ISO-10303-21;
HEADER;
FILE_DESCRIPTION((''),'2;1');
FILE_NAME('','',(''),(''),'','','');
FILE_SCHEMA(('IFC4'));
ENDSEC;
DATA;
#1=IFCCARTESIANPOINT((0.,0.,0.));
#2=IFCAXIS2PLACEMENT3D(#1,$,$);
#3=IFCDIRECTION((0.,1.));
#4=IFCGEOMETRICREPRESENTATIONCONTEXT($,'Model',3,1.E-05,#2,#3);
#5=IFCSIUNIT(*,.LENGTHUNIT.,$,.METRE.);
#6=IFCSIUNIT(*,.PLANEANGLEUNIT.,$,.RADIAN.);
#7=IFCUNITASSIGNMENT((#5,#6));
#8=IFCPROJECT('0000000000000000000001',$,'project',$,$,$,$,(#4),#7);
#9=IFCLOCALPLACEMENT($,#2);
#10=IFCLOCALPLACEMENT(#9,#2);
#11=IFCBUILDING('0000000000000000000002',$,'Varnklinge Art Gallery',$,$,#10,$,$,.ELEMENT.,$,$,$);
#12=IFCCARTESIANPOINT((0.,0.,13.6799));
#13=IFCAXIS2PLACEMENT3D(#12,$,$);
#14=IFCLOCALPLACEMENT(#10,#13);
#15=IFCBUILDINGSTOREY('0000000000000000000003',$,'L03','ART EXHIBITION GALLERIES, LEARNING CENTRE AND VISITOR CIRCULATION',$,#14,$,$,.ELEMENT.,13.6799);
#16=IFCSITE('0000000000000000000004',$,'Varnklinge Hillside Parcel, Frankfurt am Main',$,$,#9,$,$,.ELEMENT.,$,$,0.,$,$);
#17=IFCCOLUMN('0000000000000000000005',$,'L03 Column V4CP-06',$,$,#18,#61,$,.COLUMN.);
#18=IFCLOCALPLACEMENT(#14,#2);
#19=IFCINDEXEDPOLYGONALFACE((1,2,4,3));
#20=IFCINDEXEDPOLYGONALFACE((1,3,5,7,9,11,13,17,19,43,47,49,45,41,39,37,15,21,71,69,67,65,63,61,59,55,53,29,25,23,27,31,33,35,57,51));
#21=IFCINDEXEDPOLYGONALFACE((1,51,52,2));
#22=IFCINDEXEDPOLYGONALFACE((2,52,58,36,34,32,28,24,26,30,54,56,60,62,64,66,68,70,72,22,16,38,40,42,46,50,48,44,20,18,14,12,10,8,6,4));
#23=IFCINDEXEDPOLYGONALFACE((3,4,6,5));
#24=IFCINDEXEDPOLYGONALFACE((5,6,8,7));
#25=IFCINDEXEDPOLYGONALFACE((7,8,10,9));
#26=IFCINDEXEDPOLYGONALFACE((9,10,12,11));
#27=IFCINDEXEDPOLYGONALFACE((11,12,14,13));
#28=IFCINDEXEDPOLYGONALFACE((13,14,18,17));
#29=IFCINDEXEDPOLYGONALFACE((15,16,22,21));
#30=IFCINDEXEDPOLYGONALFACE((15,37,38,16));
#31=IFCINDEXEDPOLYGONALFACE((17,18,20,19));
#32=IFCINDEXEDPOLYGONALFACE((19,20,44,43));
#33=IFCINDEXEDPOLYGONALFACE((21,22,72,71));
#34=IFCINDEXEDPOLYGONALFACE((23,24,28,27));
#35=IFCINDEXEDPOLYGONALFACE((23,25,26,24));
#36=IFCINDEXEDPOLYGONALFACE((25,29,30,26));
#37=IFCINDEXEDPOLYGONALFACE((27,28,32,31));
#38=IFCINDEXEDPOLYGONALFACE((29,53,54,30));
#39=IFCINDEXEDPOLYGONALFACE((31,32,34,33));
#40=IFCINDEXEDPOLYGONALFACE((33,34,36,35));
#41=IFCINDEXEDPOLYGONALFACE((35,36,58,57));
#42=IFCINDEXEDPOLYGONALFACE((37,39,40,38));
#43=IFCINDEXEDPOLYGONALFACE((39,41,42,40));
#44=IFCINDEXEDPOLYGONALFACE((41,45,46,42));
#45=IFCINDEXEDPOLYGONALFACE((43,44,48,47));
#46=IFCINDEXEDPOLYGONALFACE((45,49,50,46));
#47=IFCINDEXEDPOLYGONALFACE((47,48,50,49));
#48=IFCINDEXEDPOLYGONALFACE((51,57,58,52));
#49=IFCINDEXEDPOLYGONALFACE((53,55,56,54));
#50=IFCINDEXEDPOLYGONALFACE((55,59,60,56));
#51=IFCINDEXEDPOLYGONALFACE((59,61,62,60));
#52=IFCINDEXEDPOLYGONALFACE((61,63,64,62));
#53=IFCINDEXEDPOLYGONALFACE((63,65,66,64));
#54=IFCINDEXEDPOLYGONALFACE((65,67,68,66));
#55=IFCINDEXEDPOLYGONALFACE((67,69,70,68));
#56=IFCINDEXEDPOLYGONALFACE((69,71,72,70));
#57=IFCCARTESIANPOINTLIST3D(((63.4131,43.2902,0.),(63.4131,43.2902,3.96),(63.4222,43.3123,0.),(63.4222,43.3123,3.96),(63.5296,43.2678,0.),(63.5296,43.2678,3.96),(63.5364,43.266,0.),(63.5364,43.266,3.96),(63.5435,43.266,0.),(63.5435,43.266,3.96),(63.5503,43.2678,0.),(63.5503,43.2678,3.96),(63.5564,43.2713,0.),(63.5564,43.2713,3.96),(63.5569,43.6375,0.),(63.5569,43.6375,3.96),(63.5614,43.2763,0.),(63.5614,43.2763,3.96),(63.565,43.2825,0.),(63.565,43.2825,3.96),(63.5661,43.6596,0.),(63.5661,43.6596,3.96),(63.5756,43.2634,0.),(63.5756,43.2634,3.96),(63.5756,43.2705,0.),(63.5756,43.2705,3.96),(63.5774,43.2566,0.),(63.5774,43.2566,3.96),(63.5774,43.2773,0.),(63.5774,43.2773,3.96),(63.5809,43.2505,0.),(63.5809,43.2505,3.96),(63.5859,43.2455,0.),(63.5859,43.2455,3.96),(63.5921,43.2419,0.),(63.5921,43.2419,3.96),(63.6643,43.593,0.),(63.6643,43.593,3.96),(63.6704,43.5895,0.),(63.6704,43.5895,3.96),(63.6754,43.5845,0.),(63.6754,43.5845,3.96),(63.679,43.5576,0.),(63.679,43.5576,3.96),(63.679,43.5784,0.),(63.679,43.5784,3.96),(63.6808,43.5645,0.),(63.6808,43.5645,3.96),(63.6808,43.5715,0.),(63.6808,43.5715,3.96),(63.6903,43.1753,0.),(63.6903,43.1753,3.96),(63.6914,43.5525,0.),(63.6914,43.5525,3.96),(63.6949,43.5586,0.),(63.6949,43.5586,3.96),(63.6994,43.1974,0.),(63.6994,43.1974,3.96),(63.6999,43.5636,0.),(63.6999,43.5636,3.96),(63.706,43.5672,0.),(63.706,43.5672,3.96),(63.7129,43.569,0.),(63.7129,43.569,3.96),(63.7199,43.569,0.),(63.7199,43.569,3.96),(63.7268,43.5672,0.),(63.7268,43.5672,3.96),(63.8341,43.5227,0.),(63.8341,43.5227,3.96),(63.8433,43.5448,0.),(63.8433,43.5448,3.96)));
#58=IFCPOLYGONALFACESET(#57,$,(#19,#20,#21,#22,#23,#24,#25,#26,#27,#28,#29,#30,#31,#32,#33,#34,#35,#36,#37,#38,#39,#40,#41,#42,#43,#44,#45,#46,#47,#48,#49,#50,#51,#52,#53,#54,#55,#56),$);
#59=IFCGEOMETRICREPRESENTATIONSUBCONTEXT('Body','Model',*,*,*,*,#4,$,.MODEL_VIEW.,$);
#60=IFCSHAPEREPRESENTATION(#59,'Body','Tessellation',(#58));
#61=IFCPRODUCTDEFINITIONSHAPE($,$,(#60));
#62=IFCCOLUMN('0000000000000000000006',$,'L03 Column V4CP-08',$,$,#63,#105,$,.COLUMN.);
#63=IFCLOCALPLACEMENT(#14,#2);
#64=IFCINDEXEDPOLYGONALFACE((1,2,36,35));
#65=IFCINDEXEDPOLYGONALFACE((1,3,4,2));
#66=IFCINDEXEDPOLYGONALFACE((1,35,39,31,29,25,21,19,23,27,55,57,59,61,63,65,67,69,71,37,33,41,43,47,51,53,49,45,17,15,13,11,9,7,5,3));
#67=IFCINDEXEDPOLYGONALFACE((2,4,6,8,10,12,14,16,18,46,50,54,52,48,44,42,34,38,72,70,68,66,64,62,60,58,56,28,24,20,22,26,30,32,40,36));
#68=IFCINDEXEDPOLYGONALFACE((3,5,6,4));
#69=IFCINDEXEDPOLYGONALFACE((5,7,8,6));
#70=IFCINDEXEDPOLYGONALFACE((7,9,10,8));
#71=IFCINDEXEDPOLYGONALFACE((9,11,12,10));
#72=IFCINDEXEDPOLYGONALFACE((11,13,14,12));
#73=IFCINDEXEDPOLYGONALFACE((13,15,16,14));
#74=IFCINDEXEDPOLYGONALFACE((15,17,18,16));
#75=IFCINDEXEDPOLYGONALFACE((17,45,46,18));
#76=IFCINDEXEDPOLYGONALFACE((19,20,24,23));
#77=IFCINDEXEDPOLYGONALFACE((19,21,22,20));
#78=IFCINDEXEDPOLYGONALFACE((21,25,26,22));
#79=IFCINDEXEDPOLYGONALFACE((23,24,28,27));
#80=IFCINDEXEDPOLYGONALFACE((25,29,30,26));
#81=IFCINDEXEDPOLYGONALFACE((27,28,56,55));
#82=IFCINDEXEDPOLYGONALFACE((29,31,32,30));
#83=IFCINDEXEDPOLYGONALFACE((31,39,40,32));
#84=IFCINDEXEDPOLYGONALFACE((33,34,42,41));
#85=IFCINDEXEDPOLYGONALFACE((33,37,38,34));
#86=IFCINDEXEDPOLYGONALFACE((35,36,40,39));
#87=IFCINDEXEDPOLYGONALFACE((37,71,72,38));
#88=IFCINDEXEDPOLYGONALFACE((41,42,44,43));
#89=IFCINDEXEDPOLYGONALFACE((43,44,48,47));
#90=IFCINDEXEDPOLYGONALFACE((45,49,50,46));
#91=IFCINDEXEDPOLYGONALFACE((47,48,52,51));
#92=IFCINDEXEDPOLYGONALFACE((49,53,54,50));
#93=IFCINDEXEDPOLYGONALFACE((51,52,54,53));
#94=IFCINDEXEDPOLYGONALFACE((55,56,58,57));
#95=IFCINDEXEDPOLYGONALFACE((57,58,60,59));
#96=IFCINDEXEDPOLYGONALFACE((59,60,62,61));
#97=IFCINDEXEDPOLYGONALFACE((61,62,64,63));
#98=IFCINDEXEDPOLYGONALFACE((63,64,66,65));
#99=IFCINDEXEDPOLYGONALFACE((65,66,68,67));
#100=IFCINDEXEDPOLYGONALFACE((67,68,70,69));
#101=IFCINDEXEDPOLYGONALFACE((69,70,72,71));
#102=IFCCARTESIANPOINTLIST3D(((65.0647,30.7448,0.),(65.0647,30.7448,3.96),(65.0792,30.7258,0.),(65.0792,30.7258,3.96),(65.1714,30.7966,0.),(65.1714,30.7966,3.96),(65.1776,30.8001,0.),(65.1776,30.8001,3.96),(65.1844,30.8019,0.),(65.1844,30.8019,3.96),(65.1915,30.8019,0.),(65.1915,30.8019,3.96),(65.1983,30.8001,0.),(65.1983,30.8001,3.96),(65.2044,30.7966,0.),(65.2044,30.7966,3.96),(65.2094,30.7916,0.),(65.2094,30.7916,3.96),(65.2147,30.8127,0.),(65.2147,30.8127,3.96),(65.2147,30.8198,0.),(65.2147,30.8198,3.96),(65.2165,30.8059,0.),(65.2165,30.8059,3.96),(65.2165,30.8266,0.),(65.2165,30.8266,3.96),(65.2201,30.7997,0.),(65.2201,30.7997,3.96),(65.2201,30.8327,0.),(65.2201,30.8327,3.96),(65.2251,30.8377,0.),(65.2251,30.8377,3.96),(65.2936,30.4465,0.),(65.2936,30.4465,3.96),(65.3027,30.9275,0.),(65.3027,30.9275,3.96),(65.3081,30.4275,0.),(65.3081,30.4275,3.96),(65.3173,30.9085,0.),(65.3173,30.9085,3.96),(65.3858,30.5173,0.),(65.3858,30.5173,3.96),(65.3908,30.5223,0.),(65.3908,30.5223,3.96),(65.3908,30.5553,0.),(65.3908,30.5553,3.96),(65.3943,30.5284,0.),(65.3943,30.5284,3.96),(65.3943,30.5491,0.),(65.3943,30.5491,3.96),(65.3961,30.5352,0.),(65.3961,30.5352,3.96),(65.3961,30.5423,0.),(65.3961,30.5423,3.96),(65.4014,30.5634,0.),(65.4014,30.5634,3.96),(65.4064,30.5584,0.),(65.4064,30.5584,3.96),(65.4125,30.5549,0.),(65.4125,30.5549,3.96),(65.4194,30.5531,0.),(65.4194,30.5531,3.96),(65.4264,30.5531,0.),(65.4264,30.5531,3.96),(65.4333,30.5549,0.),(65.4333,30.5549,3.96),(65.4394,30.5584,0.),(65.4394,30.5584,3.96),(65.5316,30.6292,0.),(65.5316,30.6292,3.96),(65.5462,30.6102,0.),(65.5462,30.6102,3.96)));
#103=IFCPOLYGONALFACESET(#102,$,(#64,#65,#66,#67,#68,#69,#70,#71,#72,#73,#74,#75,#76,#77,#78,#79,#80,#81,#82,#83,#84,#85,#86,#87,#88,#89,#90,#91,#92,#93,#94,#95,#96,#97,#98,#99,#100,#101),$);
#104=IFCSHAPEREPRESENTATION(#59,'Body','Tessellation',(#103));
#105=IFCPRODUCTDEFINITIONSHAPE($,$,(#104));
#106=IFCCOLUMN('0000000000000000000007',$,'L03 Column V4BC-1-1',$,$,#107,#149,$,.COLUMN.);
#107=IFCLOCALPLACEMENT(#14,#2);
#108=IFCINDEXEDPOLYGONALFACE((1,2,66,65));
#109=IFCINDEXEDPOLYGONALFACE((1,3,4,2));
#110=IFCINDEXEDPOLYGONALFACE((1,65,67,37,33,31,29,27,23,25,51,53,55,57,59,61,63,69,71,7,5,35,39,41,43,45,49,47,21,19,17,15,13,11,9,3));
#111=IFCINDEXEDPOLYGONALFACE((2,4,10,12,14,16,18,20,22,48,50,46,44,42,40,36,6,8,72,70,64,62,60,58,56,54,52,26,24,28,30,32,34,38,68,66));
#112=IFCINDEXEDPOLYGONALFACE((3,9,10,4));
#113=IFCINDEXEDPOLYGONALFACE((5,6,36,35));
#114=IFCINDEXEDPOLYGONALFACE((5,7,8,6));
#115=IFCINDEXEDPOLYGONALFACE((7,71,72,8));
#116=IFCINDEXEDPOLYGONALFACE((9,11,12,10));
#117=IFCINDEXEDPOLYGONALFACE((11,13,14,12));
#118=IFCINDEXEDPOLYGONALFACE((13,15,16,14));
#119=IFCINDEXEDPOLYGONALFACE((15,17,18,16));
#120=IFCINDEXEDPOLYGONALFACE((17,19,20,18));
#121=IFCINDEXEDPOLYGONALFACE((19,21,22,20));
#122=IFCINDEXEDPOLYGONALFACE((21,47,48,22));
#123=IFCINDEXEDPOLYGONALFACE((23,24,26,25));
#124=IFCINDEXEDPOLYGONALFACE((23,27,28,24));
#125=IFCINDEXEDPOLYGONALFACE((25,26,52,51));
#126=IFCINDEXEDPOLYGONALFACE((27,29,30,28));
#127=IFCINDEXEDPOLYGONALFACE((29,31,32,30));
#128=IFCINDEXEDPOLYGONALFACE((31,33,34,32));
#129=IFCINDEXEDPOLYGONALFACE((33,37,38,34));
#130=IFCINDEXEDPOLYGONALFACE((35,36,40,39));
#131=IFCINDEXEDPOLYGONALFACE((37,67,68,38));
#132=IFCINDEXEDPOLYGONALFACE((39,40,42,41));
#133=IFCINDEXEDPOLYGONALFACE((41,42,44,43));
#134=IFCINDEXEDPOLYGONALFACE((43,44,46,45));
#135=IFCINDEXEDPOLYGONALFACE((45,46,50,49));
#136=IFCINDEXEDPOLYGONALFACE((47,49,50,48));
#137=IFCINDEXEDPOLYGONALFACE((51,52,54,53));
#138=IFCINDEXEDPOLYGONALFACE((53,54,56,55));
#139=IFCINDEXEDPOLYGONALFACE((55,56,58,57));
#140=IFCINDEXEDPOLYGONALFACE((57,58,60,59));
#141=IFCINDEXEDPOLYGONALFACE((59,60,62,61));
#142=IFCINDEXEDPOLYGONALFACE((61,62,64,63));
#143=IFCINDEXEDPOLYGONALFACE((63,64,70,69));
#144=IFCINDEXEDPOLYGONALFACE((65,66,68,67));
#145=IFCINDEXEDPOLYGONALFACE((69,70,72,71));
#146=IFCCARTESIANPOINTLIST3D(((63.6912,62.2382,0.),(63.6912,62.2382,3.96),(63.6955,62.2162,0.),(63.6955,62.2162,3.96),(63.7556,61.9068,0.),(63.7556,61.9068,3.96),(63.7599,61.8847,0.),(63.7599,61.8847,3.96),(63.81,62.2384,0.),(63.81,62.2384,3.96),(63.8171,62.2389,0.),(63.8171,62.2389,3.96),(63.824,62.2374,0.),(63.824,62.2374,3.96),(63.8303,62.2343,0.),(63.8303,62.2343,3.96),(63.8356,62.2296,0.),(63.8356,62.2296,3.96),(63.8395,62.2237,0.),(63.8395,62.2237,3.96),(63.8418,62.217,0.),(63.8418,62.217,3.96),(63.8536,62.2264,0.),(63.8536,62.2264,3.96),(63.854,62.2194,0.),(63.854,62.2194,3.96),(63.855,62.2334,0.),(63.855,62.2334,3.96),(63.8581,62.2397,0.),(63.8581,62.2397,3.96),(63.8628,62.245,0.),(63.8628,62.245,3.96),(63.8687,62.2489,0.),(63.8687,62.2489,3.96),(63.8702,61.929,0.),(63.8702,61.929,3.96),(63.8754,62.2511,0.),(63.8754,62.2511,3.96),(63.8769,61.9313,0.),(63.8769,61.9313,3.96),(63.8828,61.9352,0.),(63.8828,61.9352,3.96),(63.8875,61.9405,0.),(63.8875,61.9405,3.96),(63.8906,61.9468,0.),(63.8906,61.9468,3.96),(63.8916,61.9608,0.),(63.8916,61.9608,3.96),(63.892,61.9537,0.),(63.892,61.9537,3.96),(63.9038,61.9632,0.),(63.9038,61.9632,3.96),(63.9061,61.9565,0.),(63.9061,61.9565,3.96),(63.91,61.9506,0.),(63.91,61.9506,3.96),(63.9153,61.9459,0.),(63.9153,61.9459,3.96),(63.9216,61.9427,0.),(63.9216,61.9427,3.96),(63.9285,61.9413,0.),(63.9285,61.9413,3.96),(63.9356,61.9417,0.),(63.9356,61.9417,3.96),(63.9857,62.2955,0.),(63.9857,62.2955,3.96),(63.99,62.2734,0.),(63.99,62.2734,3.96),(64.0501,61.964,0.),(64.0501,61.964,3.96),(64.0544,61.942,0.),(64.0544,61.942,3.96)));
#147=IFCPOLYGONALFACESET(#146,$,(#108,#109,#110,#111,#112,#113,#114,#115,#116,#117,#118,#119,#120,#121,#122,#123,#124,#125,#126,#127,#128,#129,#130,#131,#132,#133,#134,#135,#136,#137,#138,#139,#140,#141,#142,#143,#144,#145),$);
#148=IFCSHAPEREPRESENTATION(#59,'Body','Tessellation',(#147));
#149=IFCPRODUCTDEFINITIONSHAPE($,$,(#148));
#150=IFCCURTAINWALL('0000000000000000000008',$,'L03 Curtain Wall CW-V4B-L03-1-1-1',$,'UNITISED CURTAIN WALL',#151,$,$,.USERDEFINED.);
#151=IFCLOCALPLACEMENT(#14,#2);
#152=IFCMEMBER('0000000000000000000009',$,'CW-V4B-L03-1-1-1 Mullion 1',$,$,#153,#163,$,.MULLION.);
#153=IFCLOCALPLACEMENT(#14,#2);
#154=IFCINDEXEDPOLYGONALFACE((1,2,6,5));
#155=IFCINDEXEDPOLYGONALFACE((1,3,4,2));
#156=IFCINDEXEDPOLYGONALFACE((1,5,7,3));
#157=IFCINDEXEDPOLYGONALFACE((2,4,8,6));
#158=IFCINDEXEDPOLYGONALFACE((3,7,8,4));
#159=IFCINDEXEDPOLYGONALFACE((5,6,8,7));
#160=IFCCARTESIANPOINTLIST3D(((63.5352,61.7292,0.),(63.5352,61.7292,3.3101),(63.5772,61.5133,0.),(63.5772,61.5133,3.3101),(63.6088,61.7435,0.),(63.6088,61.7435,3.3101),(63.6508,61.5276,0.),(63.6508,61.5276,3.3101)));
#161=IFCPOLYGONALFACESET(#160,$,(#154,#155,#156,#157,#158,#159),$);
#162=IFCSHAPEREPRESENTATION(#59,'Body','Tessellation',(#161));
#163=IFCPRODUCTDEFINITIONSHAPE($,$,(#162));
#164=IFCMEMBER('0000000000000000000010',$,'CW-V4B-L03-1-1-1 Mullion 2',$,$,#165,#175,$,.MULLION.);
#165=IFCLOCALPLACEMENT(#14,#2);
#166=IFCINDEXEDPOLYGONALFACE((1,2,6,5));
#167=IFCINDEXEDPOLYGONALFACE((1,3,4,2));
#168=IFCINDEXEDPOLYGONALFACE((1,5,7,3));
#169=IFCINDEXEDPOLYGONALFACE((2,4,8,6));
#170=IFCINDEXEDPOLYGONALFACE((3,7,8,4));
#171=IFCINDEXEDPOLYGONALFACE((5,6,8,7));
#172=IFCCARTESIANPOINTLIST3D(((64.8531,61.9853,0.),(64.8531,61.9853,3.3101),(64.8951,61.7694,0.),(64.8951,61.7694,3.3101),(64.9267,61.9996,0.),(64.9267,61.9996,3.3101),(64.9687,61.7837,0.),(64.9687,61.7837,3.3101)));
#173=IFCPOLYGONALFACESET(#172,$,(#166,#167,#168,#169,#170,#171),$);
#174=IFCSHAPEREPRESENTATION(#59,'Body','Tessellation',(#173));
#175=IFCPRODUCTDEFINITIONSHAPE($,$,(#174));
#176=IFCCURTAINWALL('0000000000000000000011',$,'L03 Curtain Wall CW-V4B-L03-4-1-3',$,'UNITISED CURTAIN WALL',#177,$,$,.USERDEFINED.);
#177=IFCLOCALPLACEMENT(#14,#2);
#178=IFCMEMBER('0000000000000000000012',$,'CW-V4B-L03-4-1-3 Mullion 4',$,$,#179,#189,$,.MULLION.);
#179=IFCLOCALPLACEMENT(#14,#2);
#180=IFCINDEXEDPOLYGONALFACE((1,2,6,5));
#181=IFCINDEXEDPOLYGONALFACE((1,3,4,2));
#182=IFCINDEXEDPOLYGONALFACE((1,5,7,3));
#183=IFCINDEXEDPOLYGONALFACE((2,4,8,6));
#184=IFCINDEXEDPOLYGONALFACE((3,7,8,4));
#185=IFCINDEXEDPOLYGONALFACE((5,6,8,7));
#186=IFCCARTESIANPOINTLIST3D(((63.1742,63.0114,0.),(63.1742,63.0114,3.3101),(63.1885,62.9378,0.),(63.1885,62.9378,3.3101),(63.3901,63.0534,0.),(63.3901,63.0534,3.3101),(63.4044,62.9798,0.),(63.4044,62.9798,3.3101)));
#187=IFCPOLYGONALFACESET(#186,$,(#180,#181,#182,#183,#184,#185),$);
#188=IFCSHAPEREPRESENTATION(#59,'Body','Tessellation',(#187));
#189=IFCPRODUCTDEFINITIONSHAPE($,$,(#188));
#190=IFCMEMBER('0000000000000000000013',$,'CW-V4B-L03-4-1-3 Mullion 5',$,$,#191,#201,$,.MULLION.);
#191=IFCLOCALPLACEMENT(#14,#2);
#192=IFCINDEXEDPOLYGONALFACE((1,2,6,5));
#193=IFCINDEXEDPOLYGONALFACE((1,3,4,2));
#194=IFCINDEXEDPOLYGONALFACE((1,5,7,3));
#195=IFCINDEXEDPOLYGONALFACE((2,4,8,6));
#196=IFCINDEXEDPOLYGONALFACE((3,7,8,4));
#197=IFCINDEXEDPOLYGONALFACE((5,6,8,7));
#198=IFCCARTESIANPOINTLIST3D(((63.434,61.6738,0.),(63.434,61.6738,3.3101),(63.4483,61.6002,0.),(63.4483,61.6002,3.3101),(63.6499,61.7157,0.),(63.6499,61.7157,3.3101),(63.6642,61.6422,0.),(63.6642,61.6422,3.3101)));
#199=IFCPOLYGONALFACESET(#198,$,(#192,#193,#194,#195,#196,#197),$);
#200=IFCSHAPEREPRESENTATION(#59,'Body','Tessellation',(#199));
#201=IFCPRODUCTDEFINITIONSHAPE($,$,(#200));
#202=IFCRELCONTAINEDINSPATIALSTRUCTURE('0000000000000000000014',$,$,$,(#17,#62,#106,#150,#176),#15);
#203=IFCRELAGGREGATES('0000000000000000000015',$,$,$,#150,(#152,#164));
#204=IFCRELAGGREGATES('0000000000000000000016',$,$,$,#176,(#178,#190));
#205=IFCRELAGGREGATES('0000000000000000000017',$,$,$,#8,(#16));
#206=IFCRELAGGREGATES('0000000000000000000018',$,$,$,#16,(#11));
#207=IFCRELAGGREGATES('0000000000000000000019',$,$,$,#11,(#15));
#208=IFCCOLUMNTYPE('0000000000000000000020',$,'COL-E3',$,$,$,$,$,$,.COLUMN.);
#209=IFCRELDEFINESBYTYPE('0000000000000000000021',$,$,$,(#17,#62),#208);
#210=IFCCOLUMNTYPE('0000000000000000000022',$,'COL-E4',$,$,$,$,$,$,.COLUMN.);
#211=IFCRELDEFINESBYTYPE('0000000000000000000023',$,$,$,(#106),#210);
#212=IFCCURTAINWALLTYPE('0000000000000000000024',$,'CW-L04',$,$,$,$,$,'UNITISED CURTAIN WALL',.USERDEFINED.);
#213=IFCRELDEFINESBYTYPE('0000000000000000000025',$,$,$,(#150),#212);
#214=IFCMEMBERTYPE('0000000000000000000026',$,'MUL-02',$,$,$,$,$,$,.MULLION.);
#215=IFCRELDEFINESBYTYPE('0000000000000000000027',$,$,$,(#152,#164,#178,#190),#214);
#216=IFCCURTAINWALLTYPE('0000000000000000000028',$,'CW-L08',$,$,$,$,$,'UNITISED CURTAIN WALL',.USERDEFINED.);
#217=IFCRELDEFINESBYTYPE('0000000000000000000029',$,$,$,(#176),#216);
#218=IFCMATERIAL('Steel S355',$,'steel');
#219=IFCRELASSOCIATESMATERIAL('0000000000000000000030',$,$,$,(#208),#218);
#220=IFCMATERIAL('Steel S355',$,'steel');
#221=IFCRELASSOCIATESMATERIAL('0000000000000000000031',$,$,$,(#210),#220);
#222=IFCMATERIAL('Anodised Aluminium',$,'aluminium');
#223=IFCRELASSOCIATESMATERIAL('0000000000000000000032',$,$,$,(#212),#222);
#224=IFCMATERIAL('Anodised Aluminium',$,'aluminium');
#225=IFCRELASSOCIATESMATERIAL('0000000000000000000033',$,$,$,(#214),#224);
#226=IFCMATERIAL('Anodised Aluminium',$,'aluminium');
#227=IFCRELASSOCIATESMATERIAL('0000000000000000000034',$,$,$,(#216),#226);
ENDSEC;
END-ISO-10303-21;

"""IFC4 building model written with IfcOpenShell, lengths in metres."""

from ifc_helpers import new_model, si_unit, direction, frame, origin, origin_2d, place, context, subcontext, project, spatial, rectangle, i_section, extrude, material, material_profile, profile_set, type_object, element, aggregate, save


model = new_model("IFC4")

# Units and contexts
model_context = context("Model", 3, precision=1e-05, world=origin(), true_north=direction((0.0, 1.0)))
body_context = subcontext(model_context, "Body", "Model", "MODEL_VIEW")
ifc_project = project(units=[si_unit("LENGTHUNIT", "METRE"), si_unit("PLANEANGLEUNIT", "RADIAN")], contexts=[model_context])

# Site, building, storey
site_placement = place(None, origin())
site = spatial("IfcSite", under=ifc_project, at=site_placement, Name="Varnklinge Hillside Parcel, Frankfurt am Main", CompositionType="ELEMENT", RefElevation=0.0)
building_placement = place(site_placement, origin())
building = spatial("IfcBuilding", under=site, at=building_placement, Name="Varnklinge Art Gallery", CompositionType="ELEMENT")
storey_placement = place(building_placement, frame((0.0, 0.0, 13.6799)))
storey = spatial("IfcBuildingStorey", under=building, at=storey_placement, Name="L03", Description="ART EXHIBITION GALLERIES, LEARNING CENTRE AND VISITOR CIRCULATION", CompositionType="ELEMENT", Elevation=13.6799)

# Columns
ifc_material_1 = material(Name="Steel S355", Category="steel")
ifc_material_profile_1 = material_profile(ifc_material_1, i_section(OverallWidth=0.3, OverallDepth=0.3999, WebThickness=0.0134, FlangeThickness=0.0239, FilletRadius=0.0271, at=origin_2d()), Name="HEB 400")
ifc_profile_set_1 = profile_set([ifc_material_profile_1], Name="Steel S355")
column_type_1 = type_object("IfcColumnType", Name="COL-E3", PredefinedType="COLUMN", material=ifc_profile_set_1)
for number, where, z_axis, x_axis, name in (
    (1, (63.6282, 43.4175, 0.0), (0.0, 0.0, 1.0), (-0.92388, 0.382683, 0.0), "L03 Column V4CP-06"),
    (2, (65.3054, 30.6775, 0.0), (0.0, 0.0, 1.0), (-0.793353, -0.608761, 0.0), "L03 Column V4CP-08"),
):
    element("IfcColumn", number, at=place(storey_placement, frame(where, z_axis=z_axis, x_axis=x_axis)), inside=storey, type_object=column_type_1, Name=name, PredefinedType="COLUMN", context=body_context, shape_type="SweptSolid", body=[
        extrude(i_section(OverallWidth=0.3, OverallDepth=0.3999, WebThickness=0.0134, FlangeThickness=0.0239, FilletRadius=0.0271, at=origin_2d()), origin(), (0.0, 0.0, 1.0), 3.96),
    ])
ifc_material_2 = material(Name="Steel S355", Category="steel")
ifc_material_profile_2 = material_profile(ifc_material_2, i_section(OverallWidth=0.3, OverallDepth=0.3601, WebThickness=0.0125, FlangeThickness=0.0225, FilletRadius=0.0271, at=origin_2d()), Name="HEB 360")
ifc_profile_set_2 = profile_set([ifc_material_profile_2], Name="Steel S355")
column_type_2 = type_object("IfcColumnType", Name="COL-E4", PredefinedType="COLUMN", material=ifc_profile_set_2)
column_placement = place(storey_placement, frame((63.8728, 62.0901, 0.0), z_axis=(0.0, 0.0, 1.0), x_axis=(0.981627, 0.190809, 0.0)))
element("IfcColumn", 3, at=column_placement, inside=storey, type_object=column_type_2, Name="L03 Column V4BC-1-1", PredefinedType="COLUMN", context=body_context, shape_type="SweptSolid", body=[
    extrude(i_section(OverallWidth=0.3, OverallDepth=0.3601, WebThickness=0.0125, FlangeThickness=0.0225, FilletRadius=0.0271, at=origin_2d()), origin(), (0.0, 0.0, 1.0), 3.96),
])

# Curtain walls, members
ifc_material_3 = material(Name="Anodised Aluminium", Category="aluminium")
curtain_wall_type_1 = type_object("IfcCurtainWallType", Name="CW-L04", ElementType="UNITISED CURTAIN WALL", PredefinedType="USERDEFINED", material=ifc_material_3)
curtain_wall_1_placement = place(storey_placement, origin())
curtain_wall_1 = element("IfcCurtainWall", 4, at=curtain_wall_1_placement, inside=storey, type_object=curtain_wall_type_1, Name="L03 Curtain Wall CW-V4B-L03-1-1-1", ObjectType="UNITISED CURTAIN WALL", PredefinedType="USERDEFINED")
ifc_material_4 = material(Name="Anodised Aluminium", Category="aluminium")
ifc_material_profile_3 = material_profile(ifc_material_4, rectangle(XDim=0.075, YDim=0.22, at=origin_2d()), Name="ALU 75x220")
ifc_profile_set_3 = profile_set([ifc_material_profile_3], Name="Anodised Aluminium")
member_type_1 = type_object("IfcMemberType", Name="MUL-02", PredefinedType="MULLION", material=ifc_profile_set_3)
member_1_placement = place(storey_placement, frame((63.593, 61.6284, 0.0), z_axis=(0.0, 0.0, 1.0), x_axis=(0.981627, 0.190809, 0.0)))
member_1 = element("IfcMember", 5, at=member_1_placement, type_object=member_type_1, Name="CW-V4B-L03-1-1-1 Mullion 1", PredefinedType="MULLION", context=body_context, shape_type="SweptSolid", body=[
    extrude(rectangle(XDim=0.075, YDim=0.22, at=origin_2d()), origin(), (0.0, 0.0, 1.0), 3.3101),
])
member_2_placement = place(storey_placement, frame((64.9109, 61.8845, 0.0), z_axis=(0.0, 0.0, 1.0), x_axis=(0.981627, 0.190809, 0.0)))
member_2 = element("IfcMember", 6, at=member_2_placement, type_object=member_type_1, Name="CW-V4B-L03-1-1-1 Mullion 2", PredefinedType="MULLION", context=body_context, shape_type="SweptSolid", body=[
    extrude(rectangle(XDim=0.075, YDim=0.22, at=origin_2d()), origin(), (0.0, 0.0, 1.0), 3.3101),
])
ifc_material_5 = material(Name="Anodised Aluminium", Category="aluminium")
curtain_wall_type_2 = type_object("IfcCurtainWallType", Name="CW-L08", ElementType="UNITISED CURTAIN WALL", PredefinedType="USERDEFINED", material=ifc_material_5)
curtain_wall_2_placement = place(storey_placement, origin())
curtain_wall_2 = element("IfcCurtainWall", 7, at=curtain_wall_2_placement, inside=storey, type_object=curtain_wall_type_2, Name="L03 Curtain Wall CW-V4B-L03-4-1-3", ObjectType="UNITISED CURTAIN WALL", PredefinedType="USERDEFINED")
member_3_placement = place(storey_placement, frame((63.2893, 62.9956, 0.0), z_axis=(0.0, 0.0, 1.0), x_axis=(0.190809, -0.981627, 0.0)))
member_3 = element("IfcMember", 8, at=member_3_placement, type_object=member_type_1, Name="CW-V4B-L03-4-1-3 Mullion 4", PredefinedType="MULLION", context=body_context, shape_type="SweptSolid", body=[
    extrude(rectangle(XDim=0.075, YDim=0.22, at=origin_2d()), origin(), (0.0, 0.0, 1.0), 3.3101),
])
member_4_placement = place(storey_placement, frame((63.5491, 61.658, 0.0), z_axis=(0.0, 0.0, 1.0), x_axis=(0.190809, -0.981627, 0.0)))
member_4 = element("IfcMember", 9, at=member_4_placement, type_object=member_type_1, Name="CW-V4B-L03-4-1-3 Mullion 5", PredefinedType="MULLION", context=body_context, shape_type="SweptSolid", body=[
    extrude(rectangle(XDim=0.075, YDim=0.22, at=origin_2d()), origin(), (0.0, 0.0, 1.0), 3.3101),
])

aggregate(curtain_wall_1, [member_1, member_2])
aggregate(curtain_wall_2, [member_3, member_4])

save(model, "model.ifc")
